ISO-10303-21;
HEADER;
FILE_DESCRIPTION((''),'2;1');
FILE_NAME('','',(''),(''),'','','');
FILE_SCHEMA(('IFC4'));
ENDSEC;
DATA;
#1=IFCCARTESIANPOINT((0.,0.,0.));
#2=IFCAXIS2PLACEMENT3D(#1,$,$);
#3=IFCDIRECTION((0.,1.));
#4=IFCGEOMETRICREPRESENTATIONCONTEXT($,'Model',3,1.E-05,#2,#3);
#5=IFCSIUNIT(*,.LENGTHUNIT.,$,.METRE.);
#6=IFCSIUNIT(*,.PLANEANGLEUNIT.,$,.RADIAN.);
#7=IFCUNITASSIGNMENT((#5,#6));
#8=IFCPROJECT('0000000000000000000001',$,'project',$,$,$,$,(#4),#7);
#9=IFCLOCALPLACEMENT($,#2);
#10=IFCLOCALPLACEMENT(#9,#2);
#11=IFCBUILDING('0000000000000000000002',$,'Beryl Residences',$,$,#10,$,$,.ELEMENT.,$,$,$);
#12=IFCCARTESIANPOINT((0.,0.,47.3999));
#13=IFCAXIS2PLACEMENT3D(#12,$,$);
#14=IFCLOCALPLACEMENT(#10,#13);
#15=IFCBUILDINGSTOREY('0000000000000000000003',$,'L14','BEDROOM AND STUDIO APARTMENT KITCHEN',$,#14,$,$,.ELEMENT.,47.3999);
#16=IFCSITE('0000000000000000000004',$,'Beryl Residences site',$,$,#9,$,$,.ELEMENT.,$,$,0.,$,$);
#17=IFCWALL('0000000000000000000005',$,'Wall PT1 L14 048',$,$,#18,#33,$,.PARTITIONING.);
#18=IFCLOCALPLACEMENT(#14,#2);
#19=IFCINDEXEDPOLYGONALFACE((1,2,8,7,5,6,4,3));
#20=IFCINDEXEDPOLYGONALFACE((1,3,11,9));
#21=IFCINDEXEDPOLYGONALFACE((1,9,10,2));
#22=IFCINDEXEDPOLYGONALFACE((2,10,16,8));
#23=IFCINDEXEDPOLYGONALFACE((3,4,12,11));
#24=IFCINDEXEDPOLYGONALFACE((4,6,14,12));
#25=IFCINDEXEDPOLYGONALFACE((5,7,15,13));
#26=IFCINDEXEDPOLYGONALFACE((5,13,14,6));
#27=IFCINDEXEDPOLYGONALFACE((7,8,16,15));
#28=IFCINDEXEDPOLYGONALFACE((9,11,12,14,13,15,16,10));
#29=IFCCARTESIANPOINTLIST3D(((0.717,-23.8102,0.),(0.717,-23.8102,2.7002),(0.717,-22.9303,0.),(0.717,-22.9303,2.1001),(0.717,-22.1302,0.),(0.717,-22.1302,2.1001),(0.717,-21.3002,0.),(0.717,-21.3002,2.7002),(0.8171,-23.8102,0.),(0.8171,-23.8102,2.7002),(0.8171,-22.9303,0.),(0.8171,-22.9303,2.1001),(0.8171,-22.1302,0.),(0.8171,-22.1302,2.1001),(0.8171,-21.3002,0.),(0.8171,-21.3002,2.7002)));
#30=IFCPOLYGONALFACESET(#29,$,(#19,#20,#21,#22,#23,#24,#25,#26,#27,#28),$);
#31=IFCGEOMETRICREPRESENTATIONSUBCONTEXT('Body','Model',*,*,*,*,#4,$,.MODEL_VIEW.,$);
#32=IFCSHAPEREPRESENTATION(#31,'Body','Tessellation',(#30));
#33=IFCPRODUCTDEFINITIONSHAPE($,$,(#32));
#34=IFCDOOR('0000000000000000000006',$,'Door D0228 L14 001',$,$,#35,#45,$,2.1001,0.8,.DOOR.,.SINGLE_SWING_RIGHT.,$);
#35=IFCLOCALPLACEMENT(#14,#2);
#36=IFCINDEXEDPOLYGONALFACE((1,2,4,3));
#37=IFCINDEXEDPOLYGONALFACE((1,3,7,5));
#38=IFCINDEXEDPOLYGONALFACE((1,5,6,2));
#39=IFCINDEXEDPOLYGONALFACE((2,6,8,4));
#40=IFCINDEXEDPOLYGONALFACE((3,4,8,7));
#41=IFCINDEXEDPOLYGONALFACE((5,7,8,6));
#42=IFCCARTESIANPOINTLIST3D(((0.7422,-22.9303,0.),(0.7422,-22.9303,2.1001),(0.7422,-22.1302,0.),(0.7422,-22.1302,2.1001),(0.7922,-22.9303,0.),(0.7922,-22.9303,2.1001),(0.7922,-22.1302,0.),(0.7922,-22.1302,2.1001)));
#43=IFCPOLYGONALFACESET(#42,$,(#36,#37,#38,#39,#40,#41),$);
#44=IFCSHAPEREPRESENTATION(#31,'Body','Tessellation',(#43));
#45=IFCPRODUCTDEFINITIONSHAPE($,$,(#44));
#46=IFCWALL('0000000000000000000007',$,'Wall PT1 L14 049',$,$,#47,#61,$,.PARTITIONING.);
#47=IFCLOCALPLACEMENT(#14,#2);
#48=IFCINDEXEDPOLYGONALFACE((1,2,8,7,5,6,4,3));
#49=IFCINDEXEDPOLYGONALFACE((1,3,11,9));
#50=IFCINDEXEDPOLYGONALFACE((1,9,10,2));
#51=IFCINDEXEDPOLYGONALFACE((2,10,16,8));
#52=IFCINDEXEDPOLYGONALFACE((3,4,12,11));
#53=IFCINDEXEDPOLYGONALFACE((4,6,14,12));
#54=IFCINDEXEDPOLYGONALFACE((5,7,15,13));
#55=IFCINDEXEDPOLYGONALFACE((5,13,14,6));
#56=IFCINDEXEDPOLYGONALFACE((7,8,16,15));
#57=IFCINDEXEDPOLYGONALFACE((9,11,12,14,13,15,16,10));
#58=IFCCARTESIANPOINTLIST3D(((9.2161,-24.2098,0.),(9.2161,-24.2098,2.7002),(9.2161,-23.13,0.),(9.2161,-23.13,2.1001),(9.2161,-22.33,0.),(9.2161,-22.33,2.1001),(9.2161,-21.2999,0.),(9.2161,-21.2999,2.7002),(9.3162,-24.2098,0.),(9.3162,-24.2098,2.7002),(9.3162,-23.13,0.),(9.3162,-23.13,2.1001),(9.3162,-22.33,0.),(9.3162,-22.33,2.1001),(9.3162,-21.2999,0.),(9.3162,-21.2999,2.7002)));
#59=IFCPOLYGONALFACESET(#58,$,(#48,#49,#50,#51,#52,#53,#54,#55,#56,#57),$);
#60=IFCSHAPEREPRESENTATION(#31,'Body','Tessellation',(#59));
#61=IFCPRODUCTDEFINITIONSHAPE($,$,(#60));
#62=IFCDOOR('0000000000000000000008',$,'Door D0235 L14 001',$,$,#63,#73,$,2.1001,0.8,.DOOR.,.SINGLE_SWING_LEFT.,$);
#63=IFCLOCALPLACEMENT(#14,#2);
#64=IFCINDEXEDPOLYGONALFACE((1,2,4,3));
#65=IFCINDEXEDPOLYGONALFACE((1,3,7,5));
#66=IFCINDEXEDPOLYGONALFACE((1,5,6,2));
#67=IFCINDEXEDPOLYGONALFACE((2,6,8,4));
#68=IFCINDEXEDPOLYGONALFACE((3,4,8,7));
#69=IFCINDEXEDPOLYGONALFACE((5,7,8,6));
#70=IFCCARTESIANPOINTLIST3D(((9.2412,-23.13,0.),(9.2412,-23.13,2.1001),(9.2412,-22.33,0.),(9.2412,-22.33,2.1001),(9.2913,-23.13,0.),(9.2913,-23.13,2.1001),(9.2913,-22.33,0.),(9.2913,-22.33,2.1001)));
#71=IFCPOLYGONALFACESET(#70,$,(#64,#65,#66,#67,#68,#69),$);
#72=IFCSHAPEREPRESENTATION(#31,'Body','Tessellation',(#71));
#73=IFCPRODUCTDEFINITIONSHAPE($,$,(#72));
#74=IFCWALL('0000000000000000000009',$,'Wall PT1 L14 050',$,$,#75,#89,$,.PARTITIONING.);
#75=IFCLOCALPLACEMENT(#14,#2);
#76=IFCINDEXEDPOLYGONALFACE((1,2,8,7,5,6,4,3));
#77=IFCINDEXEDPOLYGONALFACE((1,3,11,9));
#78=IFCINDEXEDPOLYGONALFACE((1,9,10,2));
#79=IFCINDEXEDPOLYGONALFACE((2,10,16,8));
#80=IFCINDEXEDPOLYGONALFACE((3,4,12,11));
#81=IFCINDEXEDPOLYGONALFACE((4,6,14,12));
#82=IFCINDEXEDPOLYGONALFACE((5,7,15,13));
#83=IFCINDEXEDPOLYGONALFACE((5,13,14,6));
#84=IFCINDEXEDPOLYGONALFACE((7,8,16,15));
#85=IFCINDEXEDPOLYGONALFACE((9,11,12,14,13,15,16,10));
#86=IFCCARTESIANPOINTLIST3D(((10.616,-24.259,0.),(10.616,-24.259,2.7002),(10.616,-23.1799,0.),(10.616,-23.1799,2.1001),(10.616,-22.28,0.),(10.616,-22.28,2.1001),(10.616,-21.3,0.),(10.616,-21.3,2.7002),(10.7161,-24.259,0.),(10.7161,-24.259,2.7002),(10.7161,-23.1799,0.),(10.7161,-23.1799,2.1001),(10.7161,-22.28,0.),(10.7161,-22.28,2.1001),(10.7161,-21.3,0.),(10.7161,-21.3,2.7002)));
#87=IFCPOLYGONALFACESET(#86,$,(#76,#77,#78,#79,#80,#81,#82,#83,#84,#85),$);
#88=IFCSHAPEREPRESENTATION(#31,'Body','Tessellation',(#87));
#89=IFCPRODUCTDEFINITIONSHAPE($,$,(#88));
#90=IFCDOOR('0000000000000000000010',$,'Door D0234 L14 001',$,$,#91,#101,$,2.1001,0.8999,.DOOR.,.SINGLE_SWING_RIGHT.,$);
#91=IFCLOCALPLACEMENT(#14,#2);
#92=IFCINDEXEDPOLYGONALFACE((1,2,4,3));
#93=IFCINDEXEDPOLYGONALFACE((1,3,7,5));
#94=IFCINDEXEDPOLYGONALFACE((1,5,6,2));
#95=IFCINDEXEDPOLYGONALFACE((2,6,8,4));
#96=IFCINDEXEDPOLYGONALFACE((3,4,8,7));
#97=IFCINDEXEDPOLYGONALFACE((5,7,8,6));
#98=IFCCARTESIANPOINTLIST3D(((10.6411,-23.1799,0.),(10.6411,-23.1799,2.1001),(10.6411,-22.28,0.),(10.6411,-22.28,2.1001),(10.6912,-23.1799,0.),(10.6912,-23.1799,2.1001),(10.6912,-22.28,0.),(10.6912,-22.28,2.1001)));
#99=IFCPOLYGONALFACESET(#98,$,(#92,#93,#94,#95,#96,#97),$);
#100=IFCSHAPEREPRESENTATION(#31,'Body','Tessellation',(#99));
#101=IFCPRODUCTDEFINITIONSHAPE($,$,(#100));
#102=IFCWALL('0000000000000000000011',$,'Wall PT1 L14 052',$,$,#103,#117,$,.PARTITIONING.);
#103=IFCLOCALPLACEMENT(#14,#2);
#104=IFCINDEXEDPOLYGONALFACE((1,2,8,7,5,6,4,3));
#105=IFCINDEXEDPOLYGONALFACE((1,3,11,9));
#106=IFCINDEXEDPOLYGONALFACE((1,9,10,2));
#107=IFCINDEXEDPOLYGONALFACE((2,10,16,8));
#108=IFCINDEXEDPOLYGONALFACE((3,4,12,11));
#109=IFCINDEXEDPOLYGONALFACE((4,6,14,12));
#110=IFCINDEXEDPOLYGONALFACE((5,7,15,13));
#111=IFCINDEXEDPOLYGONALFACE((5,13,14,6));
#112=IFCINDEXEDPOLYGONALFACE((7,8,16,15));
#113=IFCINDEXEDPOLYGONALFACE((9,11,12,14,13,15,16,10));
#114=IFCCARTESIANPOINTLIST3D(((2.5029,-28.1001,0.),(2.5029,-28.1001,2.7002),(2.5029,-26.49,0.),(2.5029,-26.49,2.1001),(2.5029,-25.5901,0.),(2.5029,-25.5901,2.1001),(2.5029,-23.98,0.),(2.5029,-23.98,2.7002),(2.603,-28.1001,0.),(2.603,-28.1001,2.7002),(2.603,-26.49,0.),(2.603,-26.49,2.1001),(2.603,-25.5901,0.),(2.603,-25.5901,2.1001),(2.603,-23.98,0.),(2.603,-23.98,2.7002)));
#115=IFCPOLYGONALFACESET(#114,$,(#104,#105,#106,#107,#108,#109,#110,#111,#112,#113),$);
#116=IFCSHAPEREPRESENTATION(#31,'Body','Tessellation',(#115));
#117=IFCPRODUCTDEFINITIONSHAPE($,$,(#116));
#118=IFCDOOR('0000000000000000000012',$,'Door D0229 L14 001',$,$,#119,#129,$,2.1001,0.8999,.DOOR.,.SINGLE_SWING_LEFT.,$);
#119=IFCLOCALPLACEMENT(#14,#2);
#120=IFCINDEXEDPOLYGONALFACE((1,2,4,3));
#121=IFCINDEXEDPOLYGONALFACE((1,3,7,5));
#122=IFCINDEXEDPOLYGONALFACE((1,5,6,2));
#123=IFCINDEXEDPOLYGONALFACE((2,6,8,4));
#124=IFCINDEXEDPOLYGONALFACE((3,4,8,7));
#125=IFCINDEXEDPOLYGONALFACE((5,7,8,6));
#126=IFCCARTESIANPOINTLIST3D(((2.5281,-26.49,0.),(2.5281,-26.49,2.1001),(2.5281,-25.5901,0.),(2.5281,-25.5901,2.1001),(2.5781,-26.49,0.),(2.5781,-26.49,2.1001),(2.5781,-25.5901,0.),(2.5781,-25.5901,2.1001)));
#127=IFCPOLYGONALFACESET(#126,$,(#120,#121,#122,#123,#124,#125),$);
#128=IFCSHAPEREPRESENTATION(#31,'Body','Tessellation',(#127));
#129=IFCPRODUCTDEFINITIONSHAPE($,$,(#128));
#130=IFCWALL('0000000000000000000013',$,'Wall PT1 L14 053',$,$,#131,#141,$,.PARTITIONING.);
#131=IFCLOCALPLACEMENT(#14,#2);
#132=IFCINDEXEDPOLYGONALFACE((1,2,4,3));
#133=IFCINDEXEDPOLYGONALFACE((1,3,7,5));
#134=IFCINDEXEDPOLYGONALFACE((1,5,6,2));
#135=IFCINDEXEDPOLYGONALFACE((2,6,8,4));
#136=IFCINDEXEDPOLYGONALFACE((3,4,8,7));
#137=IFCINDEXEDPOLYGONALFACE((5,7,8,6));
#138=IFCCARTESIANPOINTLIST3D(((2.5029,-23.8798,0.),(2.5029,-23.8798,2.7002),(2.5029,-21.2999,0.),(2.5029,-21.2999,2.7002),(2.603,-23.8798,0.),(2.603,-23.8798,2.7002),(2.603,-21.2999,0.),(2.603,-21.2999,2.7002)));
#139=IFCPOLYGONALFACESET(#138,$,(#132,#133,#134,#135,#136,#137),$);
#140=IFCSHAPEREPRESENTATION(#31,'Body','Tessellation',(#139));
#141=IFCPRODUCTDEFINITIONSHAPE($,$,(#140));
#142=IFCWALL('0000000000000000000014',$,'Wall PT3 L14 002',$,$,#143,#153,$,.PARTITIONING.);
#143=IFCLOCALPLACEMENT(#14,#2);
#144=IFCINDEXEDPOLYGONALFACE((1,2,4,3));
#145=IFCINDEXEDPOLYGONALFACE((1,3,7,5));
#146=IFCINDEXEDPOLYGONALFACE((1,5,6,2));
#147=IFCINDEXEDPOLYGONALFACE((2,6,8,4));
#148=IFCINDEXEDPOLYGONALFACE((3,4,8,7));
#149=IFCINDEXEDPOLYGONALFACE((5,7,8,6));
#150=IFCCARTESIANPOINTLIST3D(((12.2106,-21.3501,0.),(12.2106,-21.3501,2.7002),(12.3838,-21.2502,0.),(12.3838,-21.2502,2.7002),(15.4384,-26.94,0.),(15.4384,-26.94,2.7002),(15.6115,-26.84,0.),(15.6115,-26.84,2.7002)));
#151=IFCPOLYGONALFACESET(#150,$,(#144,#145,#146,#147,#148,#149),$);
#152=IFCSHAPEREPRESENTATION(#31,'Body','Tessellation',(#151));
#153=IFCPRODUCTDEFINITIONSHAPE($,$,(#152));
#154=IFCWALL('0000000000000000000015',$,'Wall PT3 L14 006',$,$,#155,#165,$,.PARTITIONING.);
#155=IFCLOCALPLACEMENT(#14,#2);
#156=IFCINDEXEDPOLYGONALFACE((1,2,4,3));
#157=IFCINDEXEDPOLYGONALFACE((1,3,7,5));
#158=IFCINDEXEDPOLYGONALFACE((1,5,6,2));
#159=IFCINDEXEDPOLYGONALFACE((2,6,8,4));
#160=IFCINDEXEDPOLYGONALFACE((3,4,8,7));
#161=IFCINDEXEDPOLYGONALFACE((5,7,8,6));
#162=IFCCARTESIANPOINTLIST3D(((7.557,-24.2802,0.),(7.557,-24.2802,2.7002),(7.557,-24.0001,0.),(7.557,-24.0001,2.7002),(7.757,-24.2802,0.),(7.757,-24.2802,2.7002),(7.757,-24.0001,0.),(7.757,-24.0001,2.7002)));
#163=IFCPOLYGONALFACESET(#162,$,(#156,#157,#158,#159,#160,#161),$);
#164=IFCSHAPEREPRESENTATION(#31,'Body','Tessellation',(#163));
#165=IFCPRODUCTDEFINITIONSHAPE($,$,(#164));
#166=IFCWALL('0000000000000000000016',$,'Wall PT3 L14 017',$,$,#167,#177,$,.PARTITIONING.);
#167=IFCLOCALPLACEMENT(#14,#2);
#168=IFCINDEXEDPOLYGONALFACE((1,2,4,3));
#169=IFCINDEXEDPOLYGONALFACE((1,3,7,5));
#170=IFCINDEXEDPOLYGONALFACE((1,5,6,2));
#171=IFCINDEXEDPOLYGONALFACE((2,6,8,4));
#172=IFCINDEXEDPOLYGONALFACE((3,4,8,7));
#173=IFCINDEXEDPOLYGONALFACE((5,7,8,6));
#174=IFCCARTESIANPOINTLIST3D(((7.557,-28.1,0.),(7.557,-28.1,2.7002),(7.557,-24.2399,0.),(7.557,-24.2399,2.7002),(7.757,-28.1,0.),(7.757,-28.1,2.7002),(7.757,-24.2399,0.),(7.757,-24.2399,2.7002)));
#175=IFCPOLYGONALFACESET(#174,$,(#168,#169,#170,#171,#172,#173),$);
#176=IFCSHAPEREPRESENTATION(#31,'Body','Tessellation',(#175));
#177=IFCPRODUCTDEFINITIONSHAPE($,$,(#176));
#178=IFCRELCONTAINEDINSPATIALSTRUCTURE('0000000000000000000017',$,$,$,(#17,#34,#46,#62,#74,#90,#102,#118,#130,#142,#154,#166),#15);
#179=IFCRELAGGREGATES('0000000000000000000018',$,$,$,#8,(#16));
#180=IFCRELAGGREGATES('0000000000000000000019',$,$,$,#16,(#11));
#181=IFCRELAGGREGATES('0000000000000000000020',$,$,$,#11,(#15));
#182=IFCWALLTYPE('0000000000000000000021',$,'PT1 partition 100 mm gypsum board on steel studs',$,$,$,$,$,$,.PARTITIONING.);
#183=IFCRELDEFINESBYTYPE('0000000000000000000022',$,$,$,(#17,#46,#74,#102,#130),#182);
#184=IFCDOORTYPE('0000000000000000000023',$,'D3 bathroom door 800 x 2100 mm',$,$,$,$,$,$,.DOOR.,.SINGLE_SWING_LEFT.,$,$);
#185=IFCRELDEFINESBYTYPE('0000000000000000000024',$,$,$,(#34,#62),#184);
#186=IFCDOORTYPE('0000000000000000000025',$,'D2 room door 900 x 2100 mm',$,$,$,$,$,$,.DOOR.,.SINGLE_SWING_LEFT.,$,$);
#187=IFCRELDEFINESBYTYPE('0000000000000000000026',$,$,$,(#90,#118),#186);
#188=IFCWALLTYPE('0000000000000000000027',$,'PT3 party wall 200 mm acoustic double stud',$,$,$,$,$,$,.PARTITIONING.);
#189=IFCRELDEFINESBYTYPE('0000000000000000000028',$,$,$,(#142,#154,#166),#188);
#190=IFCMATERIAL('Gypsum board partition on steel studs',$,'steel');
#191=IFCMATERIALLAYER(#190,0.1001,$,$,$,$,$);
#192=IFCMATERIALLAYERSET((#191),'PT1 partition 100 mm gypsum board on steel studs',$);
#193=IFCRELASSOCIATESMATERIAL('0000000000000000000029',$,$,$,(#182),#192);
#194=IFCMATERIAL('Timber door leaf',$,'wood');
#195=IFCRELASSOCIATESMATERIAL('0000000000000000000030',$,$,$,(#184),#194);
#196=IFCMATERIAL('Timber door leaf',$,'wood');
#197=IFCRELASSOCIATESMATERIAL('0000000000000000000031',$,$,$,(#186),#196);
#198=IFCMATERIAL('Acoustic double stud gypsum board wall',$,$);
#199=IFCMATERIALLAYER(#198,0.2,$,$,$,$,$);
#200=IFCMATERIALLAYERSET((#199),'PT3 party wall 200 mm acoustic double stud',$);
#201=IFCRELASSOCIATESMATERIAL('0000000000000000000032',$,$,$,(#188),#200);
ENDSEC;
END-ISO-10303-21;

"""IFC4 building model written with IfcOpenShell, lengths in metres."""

from ifc_helpers import new_model, si_unit, direction, frame, frame_2d, origin, place, context, subcontext, project, spatial, rectangle, extrude, material, layer, layer_set, type_object, element, fill, save


model = new_model("IFC4")

# Units and contexts
model_context = context("Model", 3, precision=1e-05, world=origin(), true_north=direction((0.0, 1.0)))
body_context = subcontext(model_context, "Body", "Model", "MODEL_VIEW")
ifc_project = project(units=[si_unit("LENGTHUNIT", "METRE"), si_unit("PLANEANGLEUNIT", "RADIAN")], contexts=[model_context])

# Site, building, storey
site_placement = place(None, origin())
site = spatial("IfcSite", under=ifc_project, at=site_placement, Name="Beryl Residences site", CompositionType="ELEMENT", RefElevation=0.0)
building_placement = place(site_placement, origin())
building = spatial("IfcBuilding", under=site, at=building_placement, Name="Beryl Residences", CompositionType="ELEMENT")
storey_placement = place(building_placement, frame((0.0, 0.0, 47.3999)))
storey = spatial("IfcBuildingStorey", under=building, at=storey_placement, Name="L14", Description="BEDROOM AND STUDIO APARTMENT KITCHEN", CompositionType="ELEMENT", Elevation=47.3999)

# Shared definitions
ifc_material_1 = material(Name="Gypsum board partition on steel studs", Category="steel")
ifc_layer_1 = layer(ifc_material_1, 0.1001)
ifc_layer_set_1 = layer_set([ifc_layer_1], Name="PT1 partition 100 mm gypsum board on steel studs")
wall_type_1 = type_object("IfcWallType", Name="PT1 partition 100 mm gypsum board on steel studs", PredefinedType="PARTITIONING", material=ifc_layer_set_1)
ifc_material_2 = material(Name="Timber door leaf", Category="wood")
door_type_1 = type_object("IfcDoorType", Name="D3 bathroom door 800 x 2100 mm", OperationType="SINGLE_SWING_LEFT", PredefinedType="DOOR", material=ifc_material_2)

# Walls, openings, doors
wall_1_placement = place(storey_placement, frame((0.7671, -23.8101, 0.0), z_axis=(0.0, 0.0, 1.0), x_axis=(0.0, 1.0, 0.0)))
wall_1 = element("IfcWall", 1, at=wall_1_placement, inside=storey, type_object=wall_type_1, Name="Wall PT1 L14 048", PredefinedType="PARTITIONING", context=body_context, shape_type="SweptSolid", body=[
    extrude(rectangle(XDim=2.51, YDim=0.1001, at=frame_2d((1.2549, 0.0))), origin(), (0.0, 0.0, 1.0), 2.7002),
])
opening_1_placement = place(wall_1_placement, frame((0.8799, 0.0, 0.0)))
opening_1 = element("IfcOpeningElement", 2, at=opening_1_placement, cuts=wall_1, PredefinedType="OPENING", context=body_context, shape_type="SweptSolid", body=[
    extrude(rectangle(XDim=0.8, YDim=2.1001, at=frame_2d((0.3999, 1.05))), frame((0.0, 0.0601, 0.0), z_axis=(0.0, -1.0, 0.0), x_axis=(1.0, 0.0, 0.0)), (0.0, 0.0, 1.0), 0.1201),
])
door_1_placement = place(opening_1_placement, origin())
door_1 = element("IfcDoor", 3, at=door_1_placement, inside=storey, type_object=door_type_1, Name="Door D0228 L14 001", OperationType="SINGLE_SWING_RIGHT", OverallHeight=2.1001, OverallWidth=0.8, PredefinedType="DOOR", context=body_context, shape_type="SweptSolid", body=[
    extrude(rectangle(XDim=0.8, YDim=2.1001, at=frame_2d((0.3999, 1.05))), frame((0.0, 0.0249, 0.0), z_axis=(0.0, -1.0, 0.0), x_axis=(1.0, 0.0, 0.0)), (0.0, 0.0, 1.0), 0.05),
])
fill(opening_1, door_1)
wall_2_placement = place(storey_placement, frame((9.2661, -24.21, 0.0), z_axis=(0.0, 0.0, 1.0), x_axis=(0.0, 1.0, 0.0)))
wall_2 = element("IfcWall", 4, at=wall_2_placement, inside=storey, type_object=wall_type_1, Name="Wall PT1 L14 049", PredefinedType="PARTITIONING", context=body_context, shape_type="SweptSolid", body=[
    extrude(rectangle(XDim=2.9099, YDim=0.1001, at=frame_2d((1.4551, 0.0))), origin(), (0.0, 0.0, 1.0), 2.7002),
])
opening_2_placement = place(wall_2_placement, frame((1.0801, 0.0, 0.0)))
opening_2 = element("IfcOpeningElement", 5, at=opening_2_placement, cuts=wall_2, PredefinedType="OPENING", context=body_context, shape_type="SweptSolid", body=[
    extrude(rectangle(XDim=0.8, YDim=2.1001, at=frame_2d((0.3999, 1.05))), frame((0.0, 0.0601, 0.0), z_axis=(0.0, -1.0, 0.0), x_axis=(1.0, 0.0, 0.0)), (0.0, 0.0, 1.0), 0.1201),
])
door_2_placement = place(opening_2_placement, origin())
door_2 = element("IfcDoor", 6, at=door_2_placement, inside=storey, type_object=door_type_1, Name="Door D0235 L14 001", OperationType="SINGLE_SWING_LEFT", OverallHeight=2.1001, OverallWidth=0.8, PredefinedType="DOOR", context=body_context, shape_type="SweptSolid", body=[
    extrude(rectangle(XDim=0.8, YDim=2.1001, at=frame_2d((0.3999, 1.05))), frame((0.0, 0.0249, 0.0), z_axis=(0.0, -1.0, 0.0), x_axis=(1.0, 0.0, 0.0)), (0.0, 0.0, 1.0), 0.05),
])
fill(opening_2, door_2)
wall_3_placement = place(storey_placement, frame((10.666, -24.259, 0.0), z_axis=(0.0, 0.0, 1.0), x_axis=(0.0, 1.0, 0.0)))
wall_3 = element("IfcWall", 7, at=wall_3_placement, inside=storey, type_object=wall_type_1, Name="Wall PT1 L14 050", PredefinedType="PARTITIONING", context=body_context, shape_type="SweptSolid", body=[
    extrude(rectangle(XDim=2.959, YDim=0.1001, at=frame_2d((1.4795, 0.0))), origin(), (0.0, 0.0, 1.0), 2.7002),
])
opening_3_placement = place(wall_3_placement, frame((1.0791, 0.0, 0.0)))
opening_3 = element("IfcOpeningElement", 8, at=opening_3_placement, cuts=wall_3, PredefinedType="OPENING", context=body_context, shape_type="SweptSolid", body=[
    extrude(rectangle(XDim=0.8999, YDim=2.1001, at=frame_2d((0.45, 1.05))), frame((0.0, 0.0601, 0.0), z_axis=(0.0, -1.0, 0.0), x_axis=(1.0, 0.0, 0.0)), (0.0, 0.0, 1.0), 0.1201),
])
ifc_material_3 = material(Name="Timber door leaf", Category="wood")
door_type_2 = type_object("IfcDoorType", Name="D2 room door 900 x 2100 mm", OperationType="SINGLE_SWING_LEFT", PredefinedType="DOOR", material=ifc_material_3)
door_3_placement = place(opening_3_placement, origin())
door_3 = element("IfcDoor", 9, at=door_3_placement, inside=storey, type_object=door_type_2, Name="Door D0234 L14 001", OperationType="SINGLE_SWING_RIGHT", OverallHeight=2.1001, OverallWidth=0.8999, PredefinedType="DOOR", context=body_context, shape_type="SweptSolid", body=[
    extrude(rectangle(XDim=0.8999, YDim=2.1001, at=frame_2d((0.45, 1.05))), frame((0.0, 0.0249, 0.0), z_axis=(0.0, -1.0, 0.0), x_axis=(1.0, 0.0, 0.0)), (0.0, 0.0, 1.0), 0.05),
])
fill(opening_3, door_3)
wall_4_placement = place(storey_placement, frame((2.553, -28.1001, 0.0), z_axis=(0.0, 0.0, 1.0), x_axis=(0.0, 1.0, 0.0)))
wall_4 = element("IfcWall", 10, at=wall_4_placement, inside=storey, type_object=wall_type_1, Name="Wall PT1 L14 052", PredefinedType="PARTITIONING", context=body_context, shape_type="SweptSolid", body=[
    extrude(rectangle(XDim=4.1201, YDim=0.1001, at=frame_2d((2.0601, 0.0))), origin(), (0.0, 0.0, 1.0), 2.7002),
])
opening_4_placement = place(wall_4_placement, frame((1.6101, 0.0, 0.0)))
opening_4 = element("IfcOpeningElement", 11, at=opening_4_placement, cuts=wall_4, PredefinedType="OPENING", context=body_context, shape_type="SweptSolid", body=[
    extrude(rectangle(XDim=0.8999, YDim=2.1001, at=frame_2d((0.45, 1.05))), frame((0.0, 0.0601, 0.0), z_axis=(0.0, -1.0, 0.0), x_axis=(1.0, 0.0, 0.0)), (0.0, 0.0, 1.0), 0.1201),
])
door_4_placement = place(opening_4_placement, origin())
door_4 = element("IfcDoor", 12, at=door_4_placement, inside=storey, type_object=door_type_2, Name="Door D0229 L14 001", OperationType="SINGLE_SWING_LEFT", OverallHeight=2.1001, OverallWidth=0.8999, PredefinedType="DOOR", context=body_context, shape_type="SweptSolid", body=[
    extrude(rectangle(XDim=0.8999, YDim=2.1001, at=frame_2d((0.45, 1.05))), frame((0.0, 0.0249, 0.0), z_axis=(0.0, -1.0, 0.0), x_axis=(1.0, 0.0, 0.0)), (0.0, 0.0, 1.0), 0.05),
])
fill(opening_4, door_4)

# Walls
wall_5_placement = place(storey_placement, frame((2.553, -23.8799, 0.0), z_axis=(0.0, 0.0, 1.0), x_axis=(0.0, 1.0, 0.0)))
element("IfcWall", 13, at=wall_5_placement, inside=storey, type_object=wall_type_1, Name="Wall PT1 L14 053", PredefinedType="PARTITIONING", context=body_context, shape_type="SweptSolid", body=[
    extrude(rectangle(XDim=2.5798, YDim=0.1001, at=frame_2d((1.29, 0.0))), origin(), (0.0, 0.0, 1.0), 2.7002),
])
ifc_material_4 = material(Name="Acoustic double stud gypsum board wall")
ifc_layer_2 = layer(ifc_material_4, 0.2)
ifc_layer_set_2 = layer_set([ifc_layer_2], Name="PT3 party wall 200 mm acoustic double stud")
wall_type_2 = type_object("IfcWallType", Name="PT3 party wall 200 mm acoustic double stud", PredefinedType="PARTITIONING", material=ifc_layer_set_2)
wall_6_placement = place(storey_placement, frame((12.2971, -21.3, 0.0), z_axis=(0.0, 0.0, 1.0), x_axis=(0.500056, -0.865993, 0.0)))
element("IfcWall", 14, at=wall_6_placement, inside=storey, type_object=wall_type_2, Name="Wall PT3 L14 002", PredefinedType="PARTITIONING", context=body_context, shape_type="SweptSolid", body=[
    extrude(rectangle(XDim=6.4548, YDim=0.2, at=frame_2d((3.2275, 0.0))), origin(), (0.0, 0.0, 1.0), 2.7002),
])
wall_7_placement = place(storey_placement, frame((7.657, -24.0, 0.0), z_axis=(0.0, 0.0, 1.0), x_axis=(0.0, -1.0, 0.0)))
element("IfcWall", 15, at=wall_7_placement, inside=storey, type_object=wall_type_2, Name="Wall PT3 L14 006", PredefinedType="PARTITIONING", context=body_context, shape_type="SweptSolid", body=[
    extrude(rectangle(XDim=0.28, YDim=0.2, at=frame_2d((0.1401, 0.0))), origin(), (0.0, 0.0, 1.0), 2.7002),
])
wall_8_placement = place(storey_placement, frame((7.657, -28.1001, 0.0), z_axis=(0.0, 0.0, 1.0), x_axis=(0.0, 1.0, 0.0)))
element("IfcWall", 16, at=wall_8_placement, inside=storey, type_object=wall_type_2, Name="Wall PT3 L14 017", PredefinedType="PARTITIONING", context=body_context, shape_type="SweptSolid", body=[
    extrude(rectangle(XDim=3.8601, YDim=0.2, at=frame_2d((1.9302, 0.0))), origin(), (0.0, 0.0, 1.0), 2.7002),
])

save(model, "model.ifc")
